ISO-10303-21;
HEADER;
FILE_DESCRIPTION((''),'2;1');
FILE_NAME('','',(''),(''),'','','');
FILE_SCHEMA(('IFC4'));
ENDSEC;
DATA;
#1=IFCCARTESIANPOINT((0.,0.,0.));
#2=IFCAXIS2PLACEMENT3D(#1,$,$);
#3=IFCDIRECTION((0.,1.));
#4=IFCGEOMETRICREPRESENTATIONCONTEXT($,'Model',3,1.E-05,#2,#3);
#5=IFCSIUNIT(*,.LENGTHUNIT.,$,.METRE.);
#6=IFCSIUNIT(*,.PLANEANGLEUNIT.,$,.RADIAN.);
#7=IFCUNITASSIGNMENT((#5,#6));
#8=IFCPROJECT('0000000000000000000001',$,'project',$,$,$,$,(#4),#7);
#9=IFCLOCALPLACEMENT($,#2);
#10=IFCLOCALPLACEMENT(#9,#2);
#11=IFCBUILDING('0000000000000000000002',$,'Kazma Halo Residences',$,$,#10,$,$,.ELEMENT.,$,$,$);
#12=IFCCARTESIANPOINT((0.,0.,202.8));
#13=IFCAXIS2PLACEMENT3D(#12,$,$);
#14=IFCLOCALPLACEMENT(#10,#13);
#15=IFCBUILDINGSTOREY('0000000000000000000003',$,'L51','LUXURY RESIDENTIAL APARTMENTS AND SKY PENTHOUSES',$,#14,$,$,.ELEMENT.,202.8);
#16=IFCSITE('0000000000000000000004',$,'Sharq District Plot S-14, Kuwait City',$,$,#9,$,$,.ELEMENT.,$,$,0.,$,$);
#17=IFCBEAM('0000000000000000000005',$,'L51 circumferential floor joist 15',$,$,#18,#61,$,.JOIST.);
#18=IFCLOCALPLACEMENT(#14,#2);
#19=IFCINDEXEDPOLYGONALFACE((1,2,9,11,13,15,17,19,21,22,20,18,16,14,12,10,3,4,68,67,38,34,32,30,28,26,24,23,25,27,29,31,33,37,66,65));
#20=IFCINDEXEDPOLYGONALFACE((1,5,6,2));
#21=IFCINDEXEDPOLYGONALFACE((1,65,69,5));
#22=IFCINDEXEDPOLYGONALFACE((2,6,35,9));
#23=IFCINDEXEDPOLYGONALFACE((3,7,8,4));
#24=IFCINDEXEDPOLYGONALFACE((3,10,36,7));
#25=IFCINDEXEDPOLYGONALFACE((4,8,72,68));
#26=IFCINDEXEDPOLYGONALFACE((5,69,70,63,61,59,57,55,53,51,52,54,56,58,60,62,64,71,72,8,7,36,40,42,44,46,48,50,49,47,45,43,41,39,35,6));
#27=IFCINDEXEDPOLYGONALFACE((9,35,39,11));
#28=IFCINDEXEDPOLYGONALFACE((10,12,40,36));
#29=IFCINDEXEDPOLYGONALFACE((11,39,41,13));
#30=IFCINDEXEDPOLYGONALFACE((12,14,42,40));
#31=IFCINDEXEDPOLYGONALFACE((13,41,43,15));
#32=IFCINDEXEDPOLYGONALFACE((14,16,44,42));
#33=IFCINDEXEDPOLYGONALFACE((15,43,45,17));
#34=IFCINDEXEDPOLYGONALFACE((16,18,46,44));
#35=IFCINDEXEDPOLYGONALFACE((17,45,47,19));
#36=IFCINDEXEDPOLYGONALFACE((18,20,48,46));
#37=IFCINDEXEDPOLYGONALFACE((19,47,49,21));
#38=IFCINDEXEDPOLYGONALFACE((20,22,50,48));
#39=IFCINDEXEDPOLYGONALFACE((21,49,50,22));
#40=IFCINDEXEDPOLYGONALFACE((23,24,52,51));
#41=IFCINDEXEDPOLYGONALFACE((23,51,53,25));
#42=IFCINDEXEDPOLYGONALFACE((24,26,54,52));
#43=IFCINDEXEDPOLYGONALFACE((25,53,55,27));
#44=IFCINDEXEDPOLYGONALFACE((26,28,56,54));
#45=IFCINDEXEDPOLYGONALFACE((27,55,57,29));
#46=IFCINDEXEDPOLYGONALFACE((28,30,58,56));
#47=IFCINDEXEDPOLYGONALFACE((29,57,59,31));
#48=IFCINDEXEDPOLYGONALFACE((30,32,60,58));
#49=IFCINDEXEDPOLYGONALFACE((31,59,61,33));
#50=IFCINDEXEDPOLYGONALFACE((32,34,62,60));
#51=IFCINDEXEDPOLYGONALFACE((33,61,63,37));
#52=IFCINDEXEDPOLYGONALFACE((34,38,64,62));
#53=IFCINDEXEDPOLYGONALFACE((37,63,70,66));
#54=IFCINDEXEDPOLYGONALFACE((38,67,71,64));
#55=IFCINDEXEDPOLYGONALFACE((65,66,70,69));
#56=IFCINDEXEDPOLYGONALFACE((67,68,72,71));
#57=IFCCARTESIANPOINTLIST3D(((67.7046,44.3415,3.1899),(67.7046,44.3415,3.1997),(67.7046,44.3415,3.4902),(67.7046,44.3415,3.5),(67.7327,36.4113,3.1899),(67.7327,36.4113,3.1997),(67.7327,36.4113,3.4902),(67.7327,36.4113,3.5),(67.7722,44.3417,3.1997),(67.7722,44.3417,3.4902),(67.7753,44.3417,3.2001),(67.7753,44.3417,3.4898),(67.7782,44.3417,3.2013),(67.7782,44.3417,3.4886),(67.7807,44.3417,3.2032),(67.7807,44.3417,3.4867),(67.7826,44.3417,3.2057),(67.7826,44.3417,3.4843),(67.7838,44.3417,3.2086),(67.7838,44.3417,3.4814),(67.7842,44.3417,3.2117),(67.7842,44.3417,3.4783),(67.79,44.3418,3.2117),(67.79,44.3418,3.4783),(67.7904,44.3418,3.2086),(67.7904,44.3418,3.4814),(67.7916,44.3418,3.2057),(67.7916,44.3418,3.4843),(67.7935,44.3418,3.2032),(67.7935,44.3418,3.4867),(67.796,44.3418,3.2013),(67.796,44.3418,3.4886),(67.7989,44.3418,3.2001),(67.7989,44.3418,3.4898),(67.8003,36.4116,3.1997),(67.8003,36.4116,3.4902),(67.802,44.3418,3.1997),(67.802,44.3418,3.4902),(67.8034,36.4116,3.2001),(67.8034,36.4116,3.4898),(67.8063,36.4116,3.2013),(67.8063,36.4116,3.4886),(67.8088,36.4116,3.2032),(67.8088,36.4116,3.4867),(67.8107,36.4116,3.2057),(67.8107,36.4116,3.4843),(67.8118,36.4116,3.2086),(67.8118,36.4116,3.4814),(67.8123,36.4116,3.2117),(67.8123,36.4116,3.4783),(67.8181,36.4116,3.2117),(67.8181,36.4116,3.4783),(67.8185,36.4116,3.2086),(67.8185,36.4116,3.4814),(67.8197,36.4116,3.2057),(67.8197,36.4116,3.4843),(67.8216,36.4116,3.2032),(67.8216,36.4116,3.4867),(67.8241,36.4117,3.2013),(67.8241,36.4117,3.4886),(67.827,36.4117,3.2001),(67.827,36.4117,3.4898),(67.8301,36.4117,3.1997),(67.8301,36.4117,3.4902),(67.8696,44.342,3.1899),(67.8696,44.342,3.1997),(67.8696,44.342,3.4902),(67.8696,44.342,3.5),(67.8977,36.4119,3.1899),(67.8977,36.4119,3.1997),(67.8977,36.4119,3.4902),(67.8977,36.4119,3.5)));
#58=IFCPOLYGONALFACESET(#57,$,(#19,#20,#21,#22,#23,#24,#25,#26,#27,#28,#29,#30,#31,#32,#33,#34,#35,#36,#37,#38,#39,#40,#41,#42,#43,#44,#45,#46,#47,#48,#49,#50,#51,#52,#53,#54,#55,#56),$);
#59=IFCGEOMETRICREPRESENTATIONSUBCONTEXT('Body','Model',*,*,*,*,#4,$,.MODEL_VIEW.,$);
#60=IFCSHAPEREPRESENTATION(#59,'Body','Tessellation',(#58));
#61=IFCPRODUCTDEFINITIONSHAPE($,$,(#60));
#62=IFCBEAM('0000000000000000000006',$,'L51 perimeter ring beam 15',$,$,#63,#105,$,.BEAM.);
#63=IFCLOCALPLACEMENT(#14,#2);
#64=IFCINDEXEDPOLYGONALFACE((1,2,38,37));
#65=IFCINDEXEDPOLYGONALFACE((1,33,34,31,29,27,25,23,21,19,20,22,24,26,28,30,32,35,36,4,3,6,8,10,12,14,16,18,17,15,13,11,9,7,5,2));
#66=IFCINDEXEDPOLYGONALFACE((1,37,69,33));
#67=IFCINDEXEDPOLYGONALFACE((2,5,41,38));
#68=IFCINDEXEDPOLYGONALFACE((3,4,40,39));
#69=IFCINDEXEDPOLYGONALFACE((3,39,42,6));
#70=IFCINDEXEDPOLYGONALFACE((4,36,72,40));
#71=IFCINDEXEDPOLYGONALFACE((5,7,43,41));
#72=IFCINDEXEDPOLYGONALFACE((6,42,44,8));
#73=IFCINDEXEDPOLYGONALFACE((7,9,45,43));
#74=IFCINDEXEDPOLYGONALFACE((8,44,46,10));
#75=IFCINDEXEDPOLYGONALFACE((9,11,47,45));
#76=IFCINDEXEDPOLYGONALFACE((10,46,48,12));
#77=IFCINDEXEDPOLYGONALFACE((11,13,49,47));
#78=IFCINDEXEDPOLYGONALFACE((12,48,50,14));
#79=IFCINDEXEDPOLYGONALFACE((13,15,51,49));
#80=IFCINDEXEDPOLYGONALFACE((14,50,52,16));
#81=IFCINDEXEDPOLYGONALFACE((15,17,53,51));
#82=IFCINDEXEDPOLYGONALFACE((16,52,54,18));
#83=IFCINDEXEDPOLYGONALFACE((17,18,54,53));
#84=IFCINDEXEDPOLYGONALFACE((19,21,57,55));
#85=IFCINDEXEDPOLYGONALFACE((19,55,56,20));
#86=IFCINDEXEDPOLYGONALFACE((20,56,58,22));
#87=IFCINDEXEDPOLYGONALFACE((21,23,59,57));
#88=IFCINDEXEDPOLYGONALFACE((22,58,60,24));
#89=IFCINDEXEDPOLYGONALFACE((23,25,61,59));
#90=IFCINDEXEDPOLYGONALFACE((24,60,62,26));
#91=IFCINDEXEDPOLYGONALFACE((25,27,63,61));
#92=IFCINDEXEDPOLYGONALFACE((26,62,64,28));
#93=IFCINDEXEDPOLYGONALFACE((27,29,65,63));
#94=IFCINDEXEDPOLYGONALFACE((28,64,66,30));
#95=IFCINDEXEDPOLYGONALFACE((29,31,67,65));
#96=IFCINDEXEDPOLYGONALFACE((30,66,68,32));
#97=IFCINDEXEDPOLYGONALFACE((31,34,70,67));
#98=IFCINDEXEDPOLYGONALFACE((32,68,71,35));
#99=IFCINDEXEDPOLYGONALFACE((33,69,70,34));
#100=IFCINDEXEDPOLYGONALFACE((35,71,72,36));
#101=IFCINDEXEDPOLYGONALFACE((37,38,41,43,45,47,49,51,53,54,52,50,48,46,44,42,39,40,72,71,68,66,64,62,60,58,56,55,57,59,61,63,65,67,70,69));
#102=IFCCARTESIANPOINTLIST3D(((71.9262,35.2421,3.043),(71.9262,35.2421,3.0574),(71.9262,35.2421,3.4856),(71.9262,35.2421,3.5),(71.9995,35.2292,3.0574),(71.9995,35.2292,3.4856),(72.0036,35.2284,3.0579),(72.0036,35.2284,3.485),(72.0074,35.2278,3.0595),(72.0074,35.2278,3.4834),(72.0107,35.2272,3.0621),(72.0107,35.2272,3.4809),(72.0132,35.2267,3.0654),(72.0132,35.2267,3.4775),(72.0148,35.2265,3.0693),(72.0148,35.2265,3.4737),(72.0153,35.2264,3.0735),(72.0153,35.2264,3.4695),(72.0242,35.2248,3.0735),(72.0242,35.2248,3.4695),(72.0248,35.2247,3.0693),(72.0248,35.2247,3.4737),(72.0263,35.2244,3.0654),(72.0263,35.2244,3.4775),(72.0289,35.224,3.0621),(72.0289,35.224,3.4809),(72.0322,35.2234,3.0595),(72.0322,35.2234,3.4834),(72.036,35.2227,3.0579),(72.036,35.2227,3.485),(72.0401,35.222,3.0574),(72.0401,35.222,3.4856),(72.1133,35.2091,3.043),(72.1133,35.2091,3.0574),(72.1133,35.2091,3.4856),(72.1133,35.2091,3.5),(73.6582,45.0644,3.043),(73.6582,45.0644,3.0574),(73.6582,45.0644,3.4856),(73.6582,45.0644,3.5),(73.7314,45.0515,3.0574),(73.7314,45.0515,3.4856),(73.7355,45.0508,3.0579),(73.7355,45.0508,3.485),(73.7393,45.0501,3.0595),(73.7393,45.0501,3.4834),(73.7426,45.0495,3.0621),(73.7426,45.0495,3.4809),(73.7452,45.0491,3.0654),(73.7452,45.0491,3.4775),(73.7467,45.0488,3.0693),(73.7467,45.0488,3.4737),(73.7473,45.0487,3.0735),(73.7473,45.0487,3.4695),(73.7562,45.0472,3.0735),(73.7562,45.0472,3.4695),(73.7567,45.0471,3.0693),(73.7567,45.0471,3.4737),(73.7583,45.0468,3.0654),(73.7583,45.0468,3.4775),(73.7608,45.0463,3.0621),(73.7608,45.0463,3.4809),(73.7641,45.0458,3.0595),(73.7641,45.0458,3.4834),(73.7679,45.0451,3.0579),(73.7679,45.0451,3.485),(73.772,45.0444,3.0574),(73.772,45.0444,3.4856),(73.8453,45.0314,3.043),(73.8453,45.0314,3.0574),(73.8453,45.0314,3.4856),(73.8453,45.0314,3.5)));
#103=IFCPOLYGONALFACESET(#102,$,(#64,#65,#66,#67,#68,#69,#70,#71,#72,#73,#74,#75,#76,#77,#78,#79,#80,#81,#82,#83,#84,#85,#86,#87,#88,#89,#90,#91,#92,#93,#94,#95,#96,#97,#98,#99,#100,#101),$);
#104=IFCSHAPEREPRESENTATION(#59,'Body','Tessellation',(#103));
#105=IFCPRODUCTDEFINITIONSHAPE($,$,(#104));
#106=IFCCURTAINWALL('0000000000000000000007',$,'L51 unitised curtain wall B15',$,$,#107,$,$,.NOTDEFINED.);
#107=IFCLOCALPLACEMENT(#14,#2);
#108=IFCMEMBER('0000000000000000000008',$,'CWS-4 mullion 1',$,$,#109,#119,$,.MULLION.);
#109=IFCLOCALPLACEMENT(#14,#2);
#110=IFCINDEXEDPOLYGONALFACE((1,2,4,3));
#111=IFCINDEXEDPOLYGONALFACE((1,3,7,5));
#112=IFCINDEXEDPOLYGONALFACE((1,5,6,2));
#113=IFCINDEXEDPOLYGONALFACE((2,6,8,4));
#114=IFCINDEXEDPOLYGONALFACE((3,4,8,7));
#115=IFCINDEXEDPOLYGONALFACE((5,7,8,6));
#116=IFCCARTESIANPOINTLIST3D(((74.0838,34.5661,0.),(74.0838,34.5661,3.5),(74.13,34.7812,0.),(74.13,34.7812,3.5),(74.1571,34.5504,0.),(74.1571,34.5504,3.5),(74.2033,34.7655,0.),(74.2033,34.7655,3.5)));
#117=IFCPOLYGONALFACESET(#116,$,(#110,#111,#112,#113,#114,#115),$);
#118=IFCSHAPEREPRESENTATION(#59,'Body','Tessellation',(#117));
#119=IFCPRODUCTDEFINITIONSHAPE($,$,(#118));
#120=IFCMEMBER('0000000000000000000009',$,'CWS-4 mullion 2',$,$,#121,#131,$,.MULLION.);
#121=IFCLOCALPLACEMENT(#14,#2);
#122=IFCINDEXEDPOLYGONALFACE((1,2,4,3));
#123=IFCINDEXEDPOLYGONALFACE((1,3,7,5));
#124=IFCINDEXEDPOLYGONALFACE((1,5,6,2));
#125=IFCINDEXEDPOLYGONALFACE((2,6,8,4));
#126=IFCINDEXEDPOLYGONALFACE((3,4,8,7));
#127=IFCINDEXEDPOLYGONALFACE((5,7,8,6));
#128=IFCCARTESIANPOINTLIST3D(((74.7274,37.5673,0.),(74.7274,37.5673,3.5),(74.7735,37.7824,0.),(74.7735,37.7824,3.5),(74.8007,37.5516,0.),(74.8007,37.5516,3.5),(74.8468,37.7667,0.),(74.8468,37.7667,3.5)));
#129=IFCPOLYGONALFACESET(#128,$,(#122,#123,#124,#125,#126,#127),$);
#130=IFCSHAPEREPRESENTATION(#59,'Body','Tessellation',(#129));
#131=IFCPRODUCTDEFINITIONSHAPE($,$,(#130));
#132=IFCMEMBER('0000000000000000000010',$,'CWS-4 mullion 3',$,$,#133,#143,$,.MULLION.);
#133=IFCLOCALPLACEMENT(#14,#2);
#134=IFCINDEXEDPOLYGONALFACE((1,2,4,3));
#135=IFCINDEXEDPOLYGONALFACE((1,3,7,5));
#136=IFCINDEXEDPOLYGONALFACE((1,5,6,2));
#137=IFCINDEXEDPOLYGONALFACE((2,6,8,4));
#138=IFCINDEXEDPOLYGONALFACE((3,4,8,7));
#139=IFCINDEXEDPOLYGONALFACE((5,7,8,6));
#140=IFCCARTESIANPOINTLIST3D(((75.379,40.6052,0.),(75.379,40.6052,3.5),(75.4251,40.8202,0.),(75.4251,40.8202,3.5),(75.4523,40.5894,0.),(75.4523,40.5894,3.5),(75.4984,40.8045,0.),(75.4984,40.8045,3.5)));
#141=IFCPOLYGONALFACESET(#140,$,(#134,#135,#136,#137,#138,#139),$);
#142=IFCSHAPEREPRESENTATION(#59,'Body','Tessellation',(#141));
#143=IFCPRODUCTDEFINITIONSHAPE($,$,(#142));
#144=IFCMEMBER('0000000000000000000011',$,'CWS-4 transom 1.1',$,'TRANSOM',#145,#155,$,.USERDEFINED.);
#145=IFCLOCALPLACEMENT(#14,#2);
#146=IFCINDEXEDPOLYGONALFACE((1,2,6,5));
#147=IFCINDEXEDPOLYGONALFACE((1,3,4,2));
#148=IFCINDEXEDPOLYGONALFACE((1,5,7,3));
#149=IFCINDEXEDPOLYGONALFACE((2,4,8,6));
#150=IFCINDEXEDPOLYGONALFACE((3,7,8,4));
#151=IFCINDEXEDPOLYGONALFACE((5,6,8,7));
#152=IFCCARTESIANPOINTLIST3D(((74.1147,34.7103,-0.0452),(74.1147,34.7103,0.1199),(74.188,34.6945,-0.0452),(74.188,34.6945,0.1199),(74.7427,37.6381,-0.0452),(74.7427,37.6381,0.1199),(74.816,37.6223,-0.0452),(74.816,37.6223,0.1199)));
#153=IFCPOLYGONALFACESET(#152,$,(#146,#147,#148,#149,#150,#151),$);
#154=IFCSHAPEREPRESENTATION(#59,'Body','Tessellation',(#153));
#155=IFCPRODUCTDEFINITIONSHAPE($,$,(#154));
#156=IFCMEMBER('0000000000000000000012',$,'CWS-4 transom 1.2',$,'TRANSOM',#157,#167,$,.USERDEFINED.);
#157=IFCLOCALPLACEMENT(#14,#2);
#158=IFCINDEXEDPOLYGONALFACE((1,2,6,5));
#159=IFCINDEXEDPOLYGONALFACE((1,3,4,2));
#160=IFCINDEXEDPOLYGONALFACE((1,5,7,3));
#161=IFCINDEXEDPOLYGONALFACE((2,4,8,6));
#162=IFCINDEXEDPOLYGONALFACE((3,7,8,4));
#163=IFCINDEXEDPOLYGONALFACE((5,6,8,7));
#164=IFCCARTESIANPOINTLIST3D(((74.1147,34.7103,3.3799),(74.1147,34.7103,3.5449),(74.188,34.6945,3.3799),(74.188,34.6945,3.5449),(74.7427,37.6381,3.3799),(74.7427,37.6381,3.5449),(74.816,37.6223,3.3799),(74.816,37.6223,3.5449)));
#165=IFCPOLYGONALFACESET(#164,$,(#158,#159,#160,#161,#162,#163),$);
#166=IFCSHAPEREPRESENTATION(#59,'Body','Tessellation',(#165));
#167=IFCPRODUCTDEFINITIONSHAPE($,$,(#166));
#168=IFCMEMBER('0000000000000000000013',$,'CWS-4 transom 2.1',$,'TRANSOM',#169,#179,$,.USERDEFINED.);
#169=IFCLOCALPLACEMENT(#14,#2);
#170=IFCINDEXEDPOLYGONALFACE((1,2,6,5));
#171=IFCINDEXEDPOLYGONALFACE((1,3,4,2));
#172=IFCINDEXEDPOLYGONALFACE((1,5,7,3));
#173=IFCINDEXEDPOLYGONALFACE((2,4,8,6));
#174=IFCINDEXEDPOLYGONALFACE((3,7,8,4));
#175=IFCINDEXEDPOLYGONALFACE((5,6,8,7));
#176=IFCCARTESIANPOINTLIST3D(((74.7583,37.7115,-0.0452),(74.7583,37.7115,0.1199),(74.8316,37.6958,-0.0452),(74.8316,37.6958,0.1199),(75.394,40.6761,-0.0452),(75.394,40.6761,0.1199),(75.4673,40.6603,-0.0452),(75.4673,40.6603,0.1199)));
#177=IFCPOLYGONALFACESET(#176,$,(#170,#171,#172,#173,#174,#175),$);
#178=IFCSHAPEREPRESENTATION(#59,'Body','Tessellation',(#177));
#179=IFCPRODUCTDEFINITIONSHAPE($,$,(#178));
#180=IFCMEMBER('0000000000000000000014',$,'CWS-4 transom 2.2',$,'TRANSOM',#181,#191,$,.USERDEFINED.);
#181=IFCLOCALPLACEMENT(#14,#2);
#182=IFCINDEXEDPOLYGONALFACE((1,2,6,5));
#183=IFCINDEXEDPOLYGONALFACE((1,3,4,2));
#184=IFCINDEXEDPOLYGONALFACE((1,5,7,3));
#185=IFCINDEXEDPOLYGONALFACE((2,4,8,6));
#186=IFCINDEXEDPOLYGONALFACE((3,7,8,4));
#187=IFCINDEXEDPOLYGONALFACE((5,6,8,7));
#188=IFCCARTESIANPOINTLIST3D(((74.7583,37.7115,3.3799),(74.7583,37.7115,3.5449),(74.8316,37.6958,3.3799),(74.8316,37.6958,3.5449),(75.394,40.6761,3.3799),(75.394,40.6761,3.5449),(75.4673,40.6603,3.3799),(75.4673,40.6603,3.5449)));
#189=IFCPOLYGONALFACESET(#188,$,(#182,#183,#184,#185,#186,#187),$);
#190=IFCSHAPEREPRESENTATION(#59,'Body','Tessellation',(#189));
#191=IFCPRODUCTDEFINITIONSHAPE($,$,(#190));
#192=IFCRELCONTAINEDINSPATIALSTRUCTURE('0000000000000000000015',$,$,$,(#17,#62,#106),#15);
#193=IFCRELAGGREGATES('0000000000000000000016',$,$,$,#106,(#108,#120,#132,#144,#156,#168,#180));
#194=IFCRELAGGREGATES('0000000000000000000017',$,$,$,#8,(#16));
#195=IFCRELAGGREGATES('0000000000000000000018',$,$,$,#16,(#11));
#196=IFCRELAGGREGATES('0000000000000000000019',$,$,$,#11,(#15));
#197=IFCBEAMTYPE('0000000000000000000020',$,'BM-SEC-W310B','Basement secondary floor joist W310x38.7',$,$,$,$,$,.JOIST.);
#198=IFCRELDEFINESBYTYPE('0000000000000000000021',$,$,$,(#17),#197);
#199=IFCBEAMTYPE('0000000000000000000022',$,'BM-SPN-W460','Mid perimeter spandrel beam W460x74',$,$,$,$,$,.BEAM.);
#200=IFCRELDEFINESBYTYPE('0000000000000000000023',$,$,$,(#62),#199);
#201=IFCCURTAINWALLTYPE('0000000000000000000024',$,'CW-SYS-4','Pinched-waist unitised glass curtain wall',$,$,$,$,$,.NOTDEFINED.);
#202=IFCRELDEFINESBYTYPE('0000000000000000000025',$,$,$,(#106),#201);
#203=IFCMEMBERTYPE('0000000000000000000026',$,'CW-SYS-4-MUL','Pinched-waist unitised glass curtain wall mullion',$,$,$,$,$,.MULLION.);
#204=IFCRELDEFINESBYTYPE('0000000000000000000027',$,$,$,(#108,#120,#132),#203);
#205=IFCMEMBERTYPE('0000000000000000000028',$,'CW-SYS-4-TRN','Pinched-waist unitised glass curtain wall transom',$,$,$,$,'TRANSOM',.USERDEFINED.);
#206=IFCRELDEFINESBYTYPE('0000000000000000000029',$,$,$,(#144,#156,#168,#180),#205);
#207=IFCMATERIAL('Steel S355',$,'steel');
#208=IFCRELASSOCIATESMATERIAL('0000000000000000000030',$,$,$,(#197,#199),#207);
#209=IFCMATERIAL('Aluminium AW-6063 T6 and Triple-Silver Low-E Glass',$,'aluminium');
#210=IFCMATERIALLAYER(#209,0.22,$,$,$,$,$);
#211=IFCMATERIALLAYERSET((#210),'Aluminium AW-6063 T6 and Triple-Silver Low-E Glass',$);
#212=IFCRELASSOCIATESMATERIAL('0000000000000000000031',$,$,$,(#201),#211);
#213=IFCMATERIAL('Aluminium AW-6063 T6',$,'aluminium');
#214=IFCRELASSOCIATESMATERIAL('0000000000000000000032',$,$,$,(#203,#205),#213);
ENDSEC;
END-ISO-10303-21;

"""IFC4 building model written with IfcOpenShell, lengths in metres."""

from ifc_helpers import new_model, si_unit, direction, frame, origin, origin_2d, place, context, subcontext, project, spatial, rectangle, i_section, extrude, material, layer, layer_set, material_profile, profile_set, type_object, element, aggregate, save


model = new_model("IFC4")

# Units and contexts
model_context = context("Model", 3, precision=1e-05, world=origin(), true_north=direction((0.0, 1.0)))
body_context = subcontext(model_context, "Body", "Model", "MODEL_VIEW")
ifc_project = project(units=[si_unit("LENGTHUNIT", "METRE"), si_unit("PLANEANGLEUNIT", "RADIAN")], contexts=[model_context])

# Site, building, storey
site_placement = place(None, origin())
site = spatial("IfcSite", under=ifc_project, at=site_placement, Name="Sharq District Plot S-14, Kuwait City", CompositionType="ELEMENT", RefElevation=0.0)
building_placement = place(site_placement, origin())
building = spatial("IfcBuilding", under=site, at=building_placement, Name="Kazma Halo Residences", CompositionType="ELEMENT")
storey_placement = place(building_placement, frame((0.0, 0.0, 202.8)))
storey = spatial("IfcBuildingStorey", under=building, at=storey_placement, Name="L51", Description="LUXURY RESIDENTIAL APARTMENTS AND SKY PENTHOUSES", CompositionType="ELEMENT", Elevation=202.8)

# Beams
ifc_material_1 = material(Name="Steel S355", Category="steel")
ifc_material_profile_1 = material_profile(ifc_material_1, i_section(OverallWidth=0.165, OverallDepth=0.3101, WebThickness=0.0059, FlangeThickness=0.0098, FilletRadius=0.012, at=origin_2d()), Name="W310x38.7")
ifc_profile_set_1 = profile_set([ifc_material_profile_1], Name="Steel S355")
beam_type_1 = type_object("IfcBeamType", Name="BM-SEC-W310B", Description="Basement secondary floor joist W310x38.7", PredefinedType="JOIST", material=ifc_profile_set_1)
beam_1_placement = place(storey_placement, frame((67.8152, 36.4116, 3.345), z_axis=(-0.00354, 0.999994, 0.0), x_axis=(-0.999994, -0.00354, 0.0)))
element("IfcBeam", 1, at=beam_1_placement, inside=storey, type_object=beam_type_1, Name="L51 circumferential floor joist 15", PredefinedType="JOIST", context=body_context, shape_type="SweptSolid", body=[
    extrude(i_section(OverallWidth=0.165, OverallDepth=0.3101, WebThickness=0.0059, FlangeThickness=0.0098, FilletRadius=0.012, at=origin_2d()), origin(), (0.0, 0.0, 1.0), 7.9302),
])
ifc_material_profile_2 = material_profile(ifc_material_1, i_section(OverallWidth=0.1899, OverallDepth=0.457, WebThickness=0.009, FlangeThickness=0.0144, FilletRadius=0.0161, at=origin_2d()), Name="W460x74")
ifc_profile_set_2 = profile_set([ifc_material_profile_2], Name="Steel S355")
beam_type_2 = type_object("IfcBeamType", Name="BM-SPN-W460", Description="Mid perimeter spandrel beam W460x74", PredefinedType="BEAM", material=ifc_profile_set_2)
beam_2_placement = place(storey_placement, frame((72.0198, 35.2256, 3.2715), z_axis=(0.173648, 0.984808, 0.0), x_axis=(-0.984808, 0.173648, 0.0)))
element("IfcBeam", 2, at=beam_2_placement, inside=storey, type_object=beam_type_2, Name="L51 perimeter ring beam 15", PredefinedType="BEAM", context=body_context, shape_type="SweptSolid", body=[
    extrude(i_section(OverallWidth=0.1899, OverallDepth=0.457, WebThickness=0.009, FlangeThickness=0.0144, FilletRadius=0.0161, at=origin_2d()), origin(), (0.0, 0.0, 1.0), 9.9739),
])

# Curtain wall, members
ifc_material_2 = material(Name="Aluminium AW-6063 T6 and Triple-Silver Low-E Glass", Category="aluminium")
ifc_layer_1 = layer(ifc_material_2, 0.22)
ifc_layer_set_1 = layer_set([ifc_layer_1], Name="Aluminium AW-6063 T6 and Triple-Silver Low-E Glass")
curtain_wall_type = type_object("IfcCurtainWallType", Name="CW-SYS-4", Description="Pinched-waist unitised glass curtain wall", PredefinedType="NOTDEFINED", material=ifc_layer_set_1)
curtain_wall_placement = place(storey_placement, origin())
curtain_wall = element("IfcCurtainWall", 3, at=curtain_wall_placement, inside=storey, type_object=curtain_wall_type, Name="L51 unitised curtain wall B15", PredefinedType="NOTDEFINED")
ifc_material_3 = material(Name="Aluminium AW-6063 T6", Category="aluminium")
ifc_material_profile_3 = material_profile(ifc_material_3, rectangle(XDim=0.075, YDim=0.22, at=origin_2d()), Name="CWM-75x220")
ifc_profile_set_3 = profile_set([ifc_material_profile_3], Name="Aluminium AW-6063 T6")
member_type_1 = type_object("IfcMemberType", Name="CW-SYS-4-MUL", Description="Pinched-waist unitised glass curtain wall mullion", PredefinedType="MULLION", material=ifc_profile_set_3)
member_1_placement = place(storey_placement, frame((74.1436, 34.6658, 0.0), z_axis=(0.0, 0.0, 1.0), x_axis=(-0.977768, 0.20969, 0.0)))
member_1 = element("IfcMember", 4, at=member_1_placement, type_object=member_type_1, Name="CWS-4 mullion 1", PredefinedType="MULLION", context=body_context, shape_type="SweptSolid", body=[
    extrude(rectangle(XDim=0.075, YDim=0.22, at=origin_2d()), origin(), (0.0, 0.0, 1.0), 3.5),
])
member_2_placement = place(storey_placement, frame((74.7871, 37.667, 0.0), z_axis=(0.0, 0.0, 1.0), x_axis=(-0.977768, 0.20969, 0.0)))
member_2 = element("IfcMember", 5, at=member_2_placement, type_object=member_type_1, Name="CWS-4 mullion 2", PredefinedType="MULLION", context=body_context, shape_type="SweptSolid", body=[
    extrude(rectangle(XDim=0.075, YDim=0.22, at=origin_2d()), origin(), (0.0, 0.0, 1.0), 3.5),
])
member_3_placement = place(storey_placement, frame((75.4387, 40.7048, 0.0), z_axis=(0.0, 0.0, 1.0), x_axis=(-0.977768, 0.20969, 0.0)))
member_3 = element("IfcMember", 6, at=member_3_placement, type_object=member_type_1, Name="CWS-4 mullion 3", PredefinedType="MULLION", context=body_context, shape_type="SweptSolid", body=[
    extrude(rectangle(XDim=0.075, YDim=0.22, at=origin_2d()), origin(), (0.0, 0.0, 1.0), 3.5),
])
ifc_material_profile_4 = material_profile(ifc_material_3, rectangle(XDim=0.075, YDim=0.165, at=origin_2d()), Name="CWT-75x165")
ifc_profile_set_4 = profile_set([ifc_material_profile_4], Name="Aluminium AW-6063 T6")
member_type_2 = type_object("IfcMemberType", Name="CW-SYS-4-TRN", Description="Pinched-waist unitised glass curtain wall transom", ElementType="TRANSOM", PredefinedType="USERDEFINED", material=ifc_profile_set_4)
member_4_placement = place(storey_placement, frame((74.1514, 34.7024, 0.0374), z_axis=(0.209707, 0.977764, 0.0), x_axis=(-0.977764, 0.209707, 0.0)))
member_4 = element("IfcMember", 7, at=member_4_placement, type_object=member_type_2, Name="CWS-4 transom 1.1", ObjectType="TRANSOM", PredefinedType="USERDEFINED", context=body_context, shape_type="SweptSolid", body=[
    extrude(rectangle(XDim=0.075, YDim=0.165, at=origin_2d()), origin(), (0.0, 0.0, 1.0), 2.9944),
])
member_5_placement = place(storey_placement, frame((74.1514, 34.7024, 3.4624), z_axis=(0.209707, 0.977764, 0.0), x_axis=(-0.977764, 0.209707, 0.0)))
member_5 = element("IfcMember", 8, at=member_5_placement, type_object=member_type_2, Name="CWS-4 transom 1.2", ObjectType="TRANSOM", PredefinedType="USERDEFINED", context=body_context, shape_type="SweptSolid", body=[
    extrude(rectangle(XDim=0.075, YDim=0.165, at=origin_2d()), origin(), (0.0, 0.0, 1.0), 2.9944),
])
member_6_placement = place(storey_placement, frame((74.7949, 37.7036, 0.0374), z_axis=(0.209678, 0.977771, 0.0), x_axis=(-0.977771, 0.209678, 0.0)))
member_6 = element("IfcMember", 9, at=member_6_placement, type_object=member_type_2, Name="CWS-4 transom 2.1", ObjectType="TRANSOM", PredefinedType="USERDEFINED", context=body_context, shape_type="SweptSolid", body=[
    extrude(rectangle(XDim=0.075, YDim=0.165, at=origin_2d()), origin(), (0.0, 0.0, 1.0), 3.032),
])
member_7_placement = place(storey_placement, frame((74.7949, 37.7036, 3.4624), z_axis=(0.209678, 0.977771, 0.0), x_axis=(-0.977771, 0.209678, 0.0)))
member_7 = element("IfcMember", 10, at=member_7_placement, type_object=member_type_2, Name="CWS-4 transom 2.2", ObjectType="TRANSOM", PredefinedType="USERDEFINED", context=body_context, shape_type="SweptSolid", body=[
    extrude(rectangle(XDim=0.075, YDim=0.165, at=origin_2d()), origin(), (0.0, 0.0, 1.0), 3.032),
])
aggregate(curtain_wall, [member_1, member_2, member_3, member_4, member_5, member_6, member_7])

save(model, "model.ifc")
